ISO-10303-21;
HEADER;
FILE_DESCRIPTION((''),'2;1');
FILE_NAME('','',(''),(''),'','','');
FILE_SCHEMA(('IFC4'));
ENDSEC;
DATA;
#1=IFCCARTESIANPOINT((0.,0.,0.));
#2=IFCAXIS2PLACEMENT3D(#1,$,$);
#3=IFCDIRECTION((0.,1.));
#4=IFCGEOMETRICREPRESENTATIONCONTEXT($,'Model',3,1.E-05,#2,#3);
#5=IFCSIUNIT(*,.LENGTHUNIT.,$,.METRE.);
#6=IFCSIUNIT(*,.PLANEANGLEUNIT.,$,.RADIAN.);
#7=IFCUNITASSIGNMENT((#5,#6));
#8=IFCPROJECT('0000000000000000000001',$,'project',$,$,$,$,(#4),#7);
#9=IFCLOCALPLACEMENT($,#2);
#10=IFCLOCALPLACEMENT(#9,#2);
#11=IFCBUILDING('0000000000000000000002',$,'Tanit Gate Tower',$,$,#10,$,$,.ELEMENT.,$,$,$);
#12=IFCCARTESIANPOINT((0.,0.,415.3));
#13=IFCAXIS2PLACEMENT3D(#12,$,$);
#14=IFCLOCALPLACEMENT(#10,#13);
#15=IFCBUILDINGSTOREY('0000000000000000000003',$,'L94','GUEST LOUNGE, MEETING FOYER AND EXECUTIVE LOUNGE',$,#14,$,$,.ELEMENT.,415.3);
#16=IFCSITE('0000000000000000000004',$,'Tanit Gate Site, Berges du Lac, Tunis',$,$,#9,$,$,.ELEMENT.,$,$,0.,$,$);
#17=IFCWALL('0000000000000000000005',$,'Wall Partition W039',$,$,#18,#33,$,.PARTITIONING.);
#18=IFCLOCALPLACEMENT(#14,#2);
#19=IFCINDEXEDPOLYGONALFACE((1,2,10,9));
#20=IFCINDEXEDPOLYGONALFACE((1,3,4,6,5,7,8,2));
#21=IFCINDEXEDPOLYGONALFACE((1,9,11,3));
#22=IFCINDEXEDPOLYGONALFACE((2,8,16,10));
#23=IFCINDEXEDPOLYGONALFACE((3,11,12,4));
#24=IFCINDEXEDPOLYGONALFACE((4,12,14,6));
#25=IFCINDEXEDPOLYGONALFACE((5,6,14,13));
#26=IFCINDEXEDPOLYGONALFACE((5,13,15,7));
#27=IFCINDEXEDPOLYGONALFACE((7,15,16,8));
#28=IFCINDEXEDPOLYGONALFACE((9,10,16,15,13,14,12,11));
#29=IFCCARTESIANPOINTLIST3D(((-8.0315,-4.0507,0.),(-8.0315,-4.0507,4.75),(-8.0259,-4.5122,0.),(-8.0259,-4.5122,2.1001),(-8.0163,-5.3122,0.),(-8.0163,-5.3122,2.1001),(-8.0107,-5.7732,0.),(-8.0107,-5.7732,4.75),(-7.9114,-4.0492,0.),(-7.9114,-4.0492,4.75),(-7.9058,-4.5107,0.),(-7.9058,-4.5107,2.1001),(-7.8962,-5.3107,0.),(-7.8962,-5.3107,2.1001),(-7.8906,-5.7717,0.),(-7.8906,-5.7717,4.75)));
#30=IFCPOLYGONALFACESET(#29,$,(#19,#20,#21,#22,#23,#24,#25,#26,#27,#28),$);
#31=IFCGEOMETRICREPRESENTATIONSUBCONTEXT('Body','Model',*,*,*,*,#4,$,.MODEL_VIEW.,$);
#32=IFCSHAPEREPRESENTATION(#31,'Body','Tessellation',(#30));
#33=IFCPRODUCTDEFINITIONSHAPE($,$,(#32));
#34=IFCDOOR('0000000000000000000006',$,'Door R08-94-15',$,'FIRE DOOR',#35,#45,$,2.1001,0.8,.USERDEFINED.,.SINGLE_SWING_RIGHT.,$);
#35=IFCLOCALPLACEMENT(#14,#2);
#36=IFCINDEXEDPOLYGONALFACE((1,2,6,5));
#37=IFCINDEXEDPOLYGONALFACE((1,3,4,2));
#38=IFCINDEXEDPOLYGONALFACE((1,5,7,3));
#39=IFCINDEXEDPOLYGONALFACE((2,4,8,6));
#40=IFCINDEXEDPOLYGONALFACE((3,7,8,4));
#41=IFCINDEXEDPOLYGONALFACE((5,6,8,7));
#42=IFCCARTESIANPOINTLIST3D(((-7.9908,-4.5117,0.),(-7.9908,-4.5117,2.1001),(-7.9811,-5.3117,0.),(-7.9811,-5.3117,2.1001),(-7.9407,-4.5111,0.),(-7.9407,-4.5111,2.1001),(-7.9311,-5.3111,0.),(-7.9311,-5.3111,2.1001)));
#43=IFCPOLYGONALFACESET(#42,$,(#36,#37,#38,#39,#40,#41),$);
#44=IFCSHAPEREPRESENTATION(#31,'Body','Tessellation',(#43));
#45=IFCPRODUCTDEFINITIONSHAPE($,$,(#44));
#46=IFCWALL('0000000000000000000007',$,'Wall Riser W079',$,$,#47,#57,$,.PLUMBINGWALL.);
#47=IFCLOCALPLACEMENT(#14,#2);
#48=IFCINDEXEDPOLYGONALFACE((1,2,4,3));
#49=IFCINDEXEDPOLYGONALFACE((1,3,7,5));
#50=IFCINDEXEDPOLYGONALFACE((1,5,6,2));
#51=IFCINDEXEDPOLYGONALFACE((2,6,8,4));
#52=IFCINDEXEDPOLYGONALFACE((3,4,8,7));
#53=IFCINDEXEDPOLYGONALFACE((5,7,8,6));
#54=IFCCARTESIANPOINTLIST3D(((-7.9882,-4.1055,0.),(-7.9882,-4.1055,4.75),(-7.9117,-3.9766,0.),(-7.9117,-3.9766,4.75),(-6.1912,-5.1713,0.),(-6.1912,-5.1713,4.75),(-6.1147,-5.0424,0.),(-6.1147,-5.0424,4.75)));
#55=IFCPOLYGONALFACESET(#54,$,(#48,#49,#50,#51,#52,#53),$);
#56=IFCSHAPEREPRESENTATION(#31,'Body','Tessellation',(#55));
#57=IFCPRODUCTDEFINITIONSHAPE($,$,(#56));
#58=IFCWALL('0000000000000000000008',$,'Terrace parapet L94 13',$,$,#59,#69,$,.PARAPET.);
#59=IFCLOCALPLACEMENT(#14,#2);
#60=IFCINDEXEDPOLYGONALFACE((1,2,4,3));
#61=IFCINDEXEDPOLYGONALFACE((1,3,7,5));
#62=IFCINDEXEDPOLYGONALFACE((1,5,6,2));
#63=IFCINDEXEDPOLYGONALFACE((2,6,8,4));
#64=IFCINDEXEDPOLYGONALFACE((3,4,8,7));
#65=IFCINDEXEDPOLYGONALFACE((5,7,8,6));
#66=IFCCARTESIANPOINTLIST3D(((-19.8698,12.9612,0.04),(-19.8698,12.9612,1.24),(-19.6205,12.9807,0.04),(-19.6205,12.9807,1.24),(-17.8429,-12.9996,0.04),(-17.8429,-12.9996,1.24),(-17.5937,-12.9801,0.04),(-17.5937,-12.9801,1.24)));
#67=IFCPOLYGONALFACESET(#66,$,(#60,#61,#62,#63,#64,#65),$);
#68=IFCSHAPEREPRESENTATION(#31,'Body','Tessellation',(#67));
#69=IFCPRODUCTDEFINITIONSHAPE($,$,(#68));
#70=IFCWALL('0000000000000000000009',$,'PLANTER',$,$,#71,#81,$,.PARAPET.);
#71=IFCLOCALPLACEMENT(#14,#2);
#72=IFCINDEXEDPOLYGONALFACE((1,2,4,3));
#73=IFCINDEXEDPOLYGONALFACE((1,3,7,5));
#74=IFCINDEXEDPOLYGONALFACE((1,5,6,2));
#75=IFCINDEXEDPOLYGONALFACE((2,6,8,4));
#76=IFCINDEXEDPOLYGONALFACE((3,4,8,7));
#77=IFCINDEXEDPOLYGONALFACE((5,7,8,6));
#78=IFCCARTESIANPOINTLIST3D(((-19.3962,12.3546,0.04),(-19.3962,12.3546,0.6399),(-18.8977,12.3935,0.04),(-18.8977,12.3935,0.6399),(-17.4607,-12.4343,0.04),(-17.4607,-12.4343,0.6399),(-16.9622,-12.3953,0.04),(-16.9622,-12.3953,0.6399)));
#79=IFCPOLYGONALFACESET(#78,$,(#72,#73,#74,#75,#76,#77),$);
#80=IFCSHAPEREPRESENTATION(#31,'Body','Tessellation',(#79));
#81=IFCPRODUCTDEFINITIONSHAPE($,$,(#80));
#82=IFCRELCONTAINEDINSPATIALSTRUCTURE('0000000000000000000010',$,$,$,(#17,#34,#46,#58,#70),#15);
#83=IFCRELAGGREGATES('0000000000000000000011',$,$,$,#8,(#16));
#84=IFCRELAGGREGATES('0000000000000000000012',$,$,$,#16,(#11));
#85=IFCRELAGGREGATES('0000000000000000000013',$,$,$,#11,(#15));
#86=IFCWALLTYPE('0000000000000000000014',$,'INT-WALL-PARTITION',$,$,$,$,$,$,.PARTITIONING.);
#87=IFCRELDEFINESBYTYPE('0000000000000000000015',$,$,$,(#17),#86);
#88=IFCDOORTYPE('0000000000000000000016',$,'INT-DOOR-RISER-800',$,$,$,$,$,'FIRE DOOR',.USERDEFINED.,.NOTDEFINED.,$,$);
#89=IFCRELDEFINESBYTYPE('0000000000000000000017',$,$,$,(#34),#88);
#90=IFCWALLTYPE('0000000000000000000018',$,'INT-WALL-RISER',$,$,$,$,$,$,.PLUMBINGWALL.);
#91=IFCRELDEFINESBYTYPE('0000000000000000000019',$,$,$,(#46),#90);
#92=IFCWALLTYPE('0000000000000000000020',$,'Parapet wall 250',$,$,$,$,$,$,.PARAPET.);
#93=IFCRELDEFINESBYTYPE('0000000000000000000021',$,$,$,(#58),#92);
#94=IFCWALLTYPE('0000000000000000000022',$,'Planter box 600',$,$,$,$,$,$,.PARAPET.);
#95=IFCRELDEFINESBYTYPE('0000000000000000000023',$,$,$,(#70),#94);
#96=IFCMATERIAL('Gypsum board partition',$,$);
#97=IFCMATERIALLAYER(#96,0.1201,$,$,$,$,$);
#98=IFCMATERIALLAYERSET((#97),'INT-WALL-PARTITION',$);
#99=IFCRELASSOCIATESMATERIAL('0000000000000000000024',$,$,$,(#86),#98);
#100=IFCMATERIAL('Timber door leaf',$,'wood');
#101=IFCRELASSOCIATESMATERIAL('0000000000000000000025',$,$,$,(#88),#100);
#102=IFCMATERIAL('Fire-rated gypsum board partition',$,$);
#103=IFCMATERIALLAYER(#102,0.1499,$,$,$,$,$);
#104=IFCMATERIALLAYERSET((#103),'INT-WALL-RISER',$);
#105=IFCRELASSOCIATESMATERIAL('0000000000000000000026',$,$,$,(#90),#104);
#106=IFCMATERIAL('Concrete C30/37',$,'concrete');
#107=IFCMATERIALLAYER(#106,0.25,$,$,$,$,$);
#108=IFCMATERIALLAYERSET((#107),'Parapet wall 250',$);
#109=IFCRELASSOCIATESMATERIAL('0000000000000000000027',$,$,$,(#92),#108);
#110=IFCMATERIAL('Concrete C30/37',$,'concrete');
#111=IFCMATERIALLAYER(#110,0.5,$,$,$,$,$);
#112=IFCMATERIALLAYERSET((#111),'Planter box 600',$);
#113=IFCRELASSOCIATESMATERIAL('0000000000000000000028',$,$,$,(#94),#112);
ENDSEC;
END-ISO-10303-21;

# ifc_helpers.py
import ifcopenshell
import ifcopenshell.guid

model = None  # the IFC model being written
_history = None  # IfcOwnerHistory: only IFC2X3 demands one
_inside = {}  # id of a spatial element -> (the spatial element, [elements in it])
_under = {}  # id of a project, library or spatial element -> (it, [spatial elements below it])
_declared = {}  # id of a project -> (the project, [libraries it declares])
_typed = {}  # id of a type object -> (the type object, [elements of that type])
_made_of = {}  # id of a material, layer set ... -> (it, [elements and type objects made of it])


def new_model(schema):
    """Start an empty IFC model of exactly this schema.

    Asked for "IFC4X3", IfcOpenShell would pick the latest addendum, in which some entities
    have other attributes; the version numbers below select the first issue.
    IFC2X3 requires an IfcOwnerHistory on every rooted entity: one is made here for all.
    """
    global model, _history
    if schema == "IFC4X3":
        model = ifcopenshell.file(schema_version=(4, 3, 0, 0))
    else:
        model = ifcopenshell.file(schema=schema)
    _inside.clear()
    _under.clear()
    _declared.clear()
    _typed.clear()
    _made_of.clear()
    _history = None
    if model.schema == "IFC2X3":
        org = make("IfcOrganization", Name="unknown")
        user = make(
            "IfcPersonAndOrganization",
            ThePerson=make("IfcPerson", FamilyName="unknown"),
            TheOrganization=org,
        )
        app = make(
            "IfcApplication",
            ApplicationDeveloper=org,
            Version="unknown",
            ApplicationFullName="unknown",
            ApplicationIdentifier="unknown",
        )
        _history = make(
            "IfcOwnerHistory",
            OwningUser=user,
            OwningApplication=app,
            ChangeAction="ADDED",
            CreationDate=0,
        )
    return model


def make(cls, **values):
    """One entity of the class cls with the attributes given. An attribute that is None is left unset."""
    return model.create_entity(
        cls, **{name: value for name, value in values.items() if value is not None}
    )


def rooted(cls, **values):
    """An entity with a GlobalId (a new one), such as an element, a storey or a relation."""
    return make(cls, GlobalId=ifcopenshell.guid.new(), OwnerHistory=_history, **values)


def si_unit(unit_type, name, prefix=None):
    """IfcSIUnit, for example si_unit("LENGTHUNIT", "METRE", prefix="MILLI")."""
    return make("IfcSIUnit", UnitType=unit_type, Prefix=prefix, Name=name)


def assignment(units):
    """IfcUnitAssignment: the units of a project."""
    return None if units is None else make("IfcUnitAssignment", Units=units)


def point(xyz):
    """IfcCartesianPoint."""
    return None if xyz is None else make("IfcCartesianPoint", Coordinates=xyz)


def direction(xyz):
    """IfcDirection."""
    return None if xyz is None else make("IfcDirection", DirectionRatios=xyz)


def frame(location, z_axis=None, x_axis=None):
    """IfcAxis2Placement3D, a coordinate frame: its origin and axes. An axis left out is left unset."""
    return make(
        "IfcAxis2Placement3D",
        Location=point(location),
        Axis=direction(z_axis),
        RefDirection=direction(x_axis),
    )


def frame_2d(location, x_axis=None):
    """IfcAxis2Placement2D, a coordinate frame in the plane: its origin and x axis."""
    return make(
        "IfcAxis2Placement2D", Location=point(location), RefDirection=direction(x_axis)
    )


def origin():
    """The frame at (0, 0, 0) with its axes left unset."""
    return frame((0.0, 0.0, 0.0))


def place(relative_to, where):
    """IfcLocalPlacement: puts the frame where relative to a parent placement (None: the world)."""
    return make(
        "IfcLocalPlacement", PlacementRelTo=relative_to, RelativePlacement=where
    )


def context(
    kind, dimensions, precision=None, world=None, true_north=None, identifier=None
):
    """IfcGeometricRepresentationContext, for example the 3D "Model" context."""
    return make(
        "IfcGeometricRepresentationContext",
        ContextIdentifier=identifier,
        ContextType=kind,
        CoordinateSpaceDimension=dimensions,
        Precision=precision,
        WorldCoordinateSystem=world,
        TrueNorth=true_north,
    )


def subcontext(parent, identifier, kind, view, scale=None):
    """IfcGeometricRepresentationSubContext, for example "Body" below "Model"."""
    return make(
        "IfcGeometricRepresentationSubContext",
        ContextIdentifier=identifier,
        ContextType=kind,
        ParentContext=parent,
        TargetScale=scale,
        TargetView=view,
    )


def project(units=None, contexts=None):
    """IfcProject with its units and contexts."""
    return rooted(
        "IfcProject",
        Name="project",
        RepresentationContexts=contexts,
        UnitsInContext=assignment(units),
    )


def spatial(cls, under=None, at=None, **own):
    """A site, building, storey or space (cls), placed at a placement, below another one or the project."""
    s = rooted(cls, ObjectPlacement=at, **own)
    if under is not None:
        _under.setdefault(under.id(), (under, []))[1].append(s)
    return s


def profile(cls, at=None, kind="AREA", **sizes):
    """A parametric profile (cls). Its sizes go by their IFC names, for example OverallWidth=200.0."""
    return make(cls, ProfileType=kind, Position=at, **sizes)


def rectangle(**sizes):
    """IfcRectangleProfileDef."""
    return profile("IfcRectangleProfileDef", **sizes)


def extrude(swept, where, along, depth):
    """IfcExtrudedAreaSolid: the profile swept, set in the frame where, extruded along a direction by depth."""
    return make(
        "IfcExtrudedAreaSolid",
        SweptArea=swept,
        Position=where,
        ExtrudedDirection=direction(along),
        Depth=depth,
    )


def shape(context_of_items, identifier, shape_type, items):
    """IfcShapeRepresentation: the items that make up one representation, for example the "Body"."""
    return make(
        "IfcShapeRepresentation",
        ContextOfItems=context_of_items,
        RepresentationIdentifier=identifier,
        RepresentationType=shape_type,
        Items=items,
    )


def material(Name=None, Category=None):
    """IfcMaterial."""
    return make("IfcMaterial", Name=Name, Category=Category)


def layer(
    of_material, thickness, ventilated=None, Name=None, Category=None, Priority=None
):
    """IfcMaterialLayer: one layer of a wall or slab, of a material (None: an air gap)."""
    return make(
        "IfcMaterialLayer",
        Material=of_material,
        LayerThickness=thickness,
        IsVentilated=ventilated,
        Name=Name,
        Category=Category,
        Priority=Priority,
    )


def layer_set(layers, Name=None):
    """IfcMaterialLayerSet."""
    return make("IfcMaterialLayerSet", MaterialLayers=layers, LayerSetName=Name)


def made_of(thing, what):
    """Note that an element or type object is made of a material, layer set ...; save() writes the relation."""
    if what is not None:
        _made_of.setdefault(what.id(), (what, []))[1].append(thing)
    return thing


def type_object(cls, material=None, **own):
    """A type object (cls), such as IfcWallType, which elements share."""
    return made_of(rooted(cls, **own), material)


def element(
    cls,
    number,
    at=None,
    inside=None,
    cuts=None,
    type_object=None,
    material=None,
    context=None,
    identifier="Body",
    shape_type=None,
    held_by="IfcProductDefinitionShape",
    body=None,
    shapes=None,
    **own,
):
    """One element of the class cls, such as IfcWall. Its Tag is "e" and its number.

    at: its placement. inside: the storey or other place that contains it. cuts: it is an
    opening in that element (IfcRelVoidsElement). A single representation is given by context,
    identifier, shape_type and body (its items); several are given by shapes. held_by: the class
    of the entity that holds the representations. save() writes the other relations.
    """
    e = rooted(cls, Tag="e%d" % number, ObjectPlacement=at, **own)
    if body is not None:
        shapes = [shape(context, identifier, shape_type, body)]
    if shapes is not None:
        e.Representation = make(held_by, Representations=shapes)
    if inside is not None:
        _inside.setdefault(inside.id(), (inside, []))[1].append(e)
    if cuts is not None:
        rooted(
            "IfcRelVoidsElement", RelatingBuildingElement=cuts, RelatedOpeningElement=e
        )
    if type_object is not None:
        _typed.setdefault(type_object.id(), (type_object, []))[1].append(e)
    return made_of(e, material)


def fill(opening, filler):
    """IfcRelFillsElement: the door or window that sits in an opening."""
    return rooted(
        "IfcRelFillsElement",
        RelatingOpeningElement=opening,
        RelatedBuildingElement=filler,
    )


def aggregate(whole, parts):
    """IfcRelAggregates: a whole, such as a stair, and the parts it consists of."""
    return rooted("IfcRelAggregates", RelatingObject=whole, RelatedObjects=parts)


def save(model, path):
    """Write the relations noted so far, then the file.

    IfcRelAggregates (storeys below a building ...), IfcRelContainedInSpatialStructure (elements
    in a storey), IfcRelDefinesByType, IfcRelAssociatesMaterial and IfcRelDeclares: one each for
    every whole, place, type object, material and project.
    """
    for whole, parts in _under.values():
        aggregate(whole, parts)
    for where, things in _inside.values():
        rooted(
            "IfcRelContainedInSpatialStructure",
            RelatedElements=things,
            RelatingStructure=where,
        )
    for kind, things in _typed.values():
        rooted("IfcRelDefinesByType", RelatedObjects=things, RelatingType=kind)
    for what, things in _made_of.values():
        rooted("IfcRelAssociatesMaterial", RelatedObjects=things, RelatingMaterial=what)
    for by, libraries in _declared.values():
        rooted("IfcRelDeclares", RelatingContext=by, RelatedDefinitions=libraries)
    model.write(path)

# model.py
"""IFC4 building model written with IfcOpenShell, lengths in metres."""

from ifc_helpers import new_model, si_unit, direction, frame, frame_2d, origin, place, context, subcontext, project, spatial, rectangle, extrude, material, layer, layer_set, type_object, element, fill, save


model = new_model("IFC4")

# Units and contexts
model_context = context("Model", 3, precision=1e-05, world=origin(), true_north=direction((0.0, 1.0)))
body_context = subcontext(model_context, "Body", "Model", "MODEL_VIEW")
ifc_project = project(units=[si_unit("LENGTHUNIT", "METRE"), si_unit("PLANEANGLEUNIT", "RADIAN")], contexts=[model_context])

# Site, building, storey
site_placement = place(None, origin())
site = spatial("IfcSite", under=ifc_project, at=site_placement, Name="Tanit Gate Site, Berges du Lac, Tunis", CompositionType="ELEMENT", RefElevation=0.0)
building_placement = place(site_placement, origin())
building = spatial("IfcBuilding", under=site, at=building_placement, Name="Tanit Gate Tower", CompositionType="ELEMENT")
storey_placement = place(building_placement, frame((0.0, 0.0, 415.3)))
storey = spatial("IfcBuildingStorey", under=building, at=storey_placement, Name="L94", Description="GUEST LOUNGE, MEETING FOYER AND EXECUTIVE LOUNGE", CompositionType="ELEMENT", Elevation=415.3)

# Wall, opening, door
ifc_material_1 = material(Name="Gypsum board partition")
ifc_layer_1 = layer(ifc_material_1, 0.1201)
ifc_layer_set_1 = layer_set([ifc_layer_1], Name="INT-WALL-PARTITION")
wall_type_1 = type_object("IfcWallType", Name="INT-WALL-PARTITION", PredefinedType="PARTITIONING", material=ifc_layer_set_1)
ifc_material_2 = material(Name="Timber door leaf", Category="wood")
door_type = type_object("IfcDoorType", Name="INT-DOOR-RISER-800", ElementType="FIRE DOOR", OperationType="NOTDEFINED", PredefinedType="USERDEFINED", material=ifc_material_2)
wall_1_placement = place(storey_placement, frame((-7.9507, -5.7725, 0.0), z_axis=(0.0, 0.0, 1.0), x_axis=(-0.012047, 0.999927, 0.0)))
wall_1 = element("IfcWall", 1, at=wall_1_placement, inside=storey, type_object=wall_type_1, Name="Wall Partition W039", PredefinedType="PARTITIONING", context=body_context, shape_type="SweptSolid", body=[
    extrude(rectangle(XDim=1.7227, YDim=0.1201, at=frame_2d((0.8613, 0.0))), origin(), (0.0, 0.0, 1.0), 4.75),
])
opening_1_placement = place(wall_1_placement, frame((0.4612, 0.0, 0.0)))
opening_1 = element("IfcOpeningElement", 2, at=opening_1_placement, cuts=wall_1, PredefinedType="OPENING", context=body_context, shape_type="SweptSolid", body=[
    extrude(rectangle(XDim=0.8, YDim=2.1001, at=frame_2d((0.3999, 1.05))), frame((0.0, 0.0701, 0.0), z_axis=(0.0, -1.0, 0.0), x_axis=(1.0, 0.0, 0.0)), (0.0, 0.0, 1.0), 0.1401),
])
door_1_placement = place(opening_1_placement, origin())
door_1 = element("IfcDoor", 3, at=door_1_placement, inside=storey, type_object=door_type, Name="Door R08-94-15", ObjectType="FIRE DOOR", OperationType="SINGLE_SWING_RIGHT", OverallHeight=2.1001, OverallWidth=0.8, PredefinedType="USERDEFINED", context=body_context, shape_type="SweptSolid", body=[
    extrude(rectangle(XDim=0.8, YDim=2.1001, at=frame_2d((0.3999, 1.05))), frame((0.0, 0.0249, 0.0), z_axis=(0.0, -1.0, 0.0), x_axis=(1.0, 0.0, 0.0)), (0.0, 0.0, 1.0), 0.05),
])
fill(opening_1, door_1)

# Walls
ifc_material_3 = material(Name="Fire-rated gypsum board partition")
ifc_layer_2 = layer(ifc_material_3, 0.1499)
ifc_layer_set_2 = layer_set([ifc_layer_2], Name="INT-WALL-RISER")
wall_type_2 = type_object("IfcWallType", Name="INT-WALL-RISER", PredefinedType="PLUMBINGWALL", material=ifc_layer_set_2)
wall_2_placement = place(storey_placement, frame((-7.95, -4.041, 0.0), z_axis=(0.0, 0.0, 1.0), x_axis=(0.86009, -0.510142, 0.0)))
element("IfcWall", 4, at=wall_2_placement, inside=storey, type_object=wall_type_2, Name="Wall Riser W079", PredefinedType="PLUMBINGWALL", context=body_context, shape_type="SweptSolid", body=[
    extrude(rectangle(XDim=2.0894, YDim=0.1499, at=frame_2d((1.0447, 0.0))), origin(), (0.0, 0.0, 1.0), 4.75),
])
ifc_material_4 = material(Name="Concrete C30/37", Category="concrete")
ifc_layer_3 = layer(ifc_material_4, 0.25)
ifc_layer_set_3 = layer_set([ifc_layer_3], Name="Parapet wall 250")
wall_type_3 = type_object("IfcWallType", Name="Parapet wall 250", PredefinedType="PARAPET", material=ifc_layer_set_3)
wall_3_placement = place(storey_placement, frame((-17.7183, -12.99, 0.04), z_axis=(0.0, 0.0, 1.0), x_axis=(-0.077837, 0.996966, 0.0)))
element("IfcWall", 5, at=wall_3_placement, inside=storey, type_object=wall_type_3, Name="Terrace parapet L94 13", PredefinedType="PARAPET", context=body_context, shape_type="SweptSolid", body=[
    extrude(rectangle(XDim=26.0398, YDim=0.25, at=frame_2d((13.02, 0.0))), origin(), (0.0, 0.0, 1.0), 1.2),
])
ifc_material_5 = material(Name="Concrete C30/37", Category="concrete")
ifc_layer_4 = layer(ifc_material_5, 0.5)
ifc_layer_set_4 = layer_set([ifc_layer_4], Name="Planter box 600")
wall_type_4 = type_object("IfcWallType", Name="Planter box 600", PredefinedType="PARAPET", material=ifc_layer_set_4)
wall_4_placement = place(storey_placement, frame((-17.2114, -12.4148, 0.04), z_axis=(0.0, 0.0, 1.0), x_axis=(-0.077845, 0.996966, 0.0)))
element("IfcWall", 6, at=wall_4_placement, inside=storey, type_object=wall_type_4, Name="PLANTER", PredefinedType="PARAPET", context=body_context, shape_type="SweptSolid", body=[
    extrude(rectangle(XDim=24.8643, YDim=0.5, at=frame_2d((12.4321, 0.0))), origin(), (0.0, 0.0, 1.0), 0.5999),
])

save(model, "model.ifc")
